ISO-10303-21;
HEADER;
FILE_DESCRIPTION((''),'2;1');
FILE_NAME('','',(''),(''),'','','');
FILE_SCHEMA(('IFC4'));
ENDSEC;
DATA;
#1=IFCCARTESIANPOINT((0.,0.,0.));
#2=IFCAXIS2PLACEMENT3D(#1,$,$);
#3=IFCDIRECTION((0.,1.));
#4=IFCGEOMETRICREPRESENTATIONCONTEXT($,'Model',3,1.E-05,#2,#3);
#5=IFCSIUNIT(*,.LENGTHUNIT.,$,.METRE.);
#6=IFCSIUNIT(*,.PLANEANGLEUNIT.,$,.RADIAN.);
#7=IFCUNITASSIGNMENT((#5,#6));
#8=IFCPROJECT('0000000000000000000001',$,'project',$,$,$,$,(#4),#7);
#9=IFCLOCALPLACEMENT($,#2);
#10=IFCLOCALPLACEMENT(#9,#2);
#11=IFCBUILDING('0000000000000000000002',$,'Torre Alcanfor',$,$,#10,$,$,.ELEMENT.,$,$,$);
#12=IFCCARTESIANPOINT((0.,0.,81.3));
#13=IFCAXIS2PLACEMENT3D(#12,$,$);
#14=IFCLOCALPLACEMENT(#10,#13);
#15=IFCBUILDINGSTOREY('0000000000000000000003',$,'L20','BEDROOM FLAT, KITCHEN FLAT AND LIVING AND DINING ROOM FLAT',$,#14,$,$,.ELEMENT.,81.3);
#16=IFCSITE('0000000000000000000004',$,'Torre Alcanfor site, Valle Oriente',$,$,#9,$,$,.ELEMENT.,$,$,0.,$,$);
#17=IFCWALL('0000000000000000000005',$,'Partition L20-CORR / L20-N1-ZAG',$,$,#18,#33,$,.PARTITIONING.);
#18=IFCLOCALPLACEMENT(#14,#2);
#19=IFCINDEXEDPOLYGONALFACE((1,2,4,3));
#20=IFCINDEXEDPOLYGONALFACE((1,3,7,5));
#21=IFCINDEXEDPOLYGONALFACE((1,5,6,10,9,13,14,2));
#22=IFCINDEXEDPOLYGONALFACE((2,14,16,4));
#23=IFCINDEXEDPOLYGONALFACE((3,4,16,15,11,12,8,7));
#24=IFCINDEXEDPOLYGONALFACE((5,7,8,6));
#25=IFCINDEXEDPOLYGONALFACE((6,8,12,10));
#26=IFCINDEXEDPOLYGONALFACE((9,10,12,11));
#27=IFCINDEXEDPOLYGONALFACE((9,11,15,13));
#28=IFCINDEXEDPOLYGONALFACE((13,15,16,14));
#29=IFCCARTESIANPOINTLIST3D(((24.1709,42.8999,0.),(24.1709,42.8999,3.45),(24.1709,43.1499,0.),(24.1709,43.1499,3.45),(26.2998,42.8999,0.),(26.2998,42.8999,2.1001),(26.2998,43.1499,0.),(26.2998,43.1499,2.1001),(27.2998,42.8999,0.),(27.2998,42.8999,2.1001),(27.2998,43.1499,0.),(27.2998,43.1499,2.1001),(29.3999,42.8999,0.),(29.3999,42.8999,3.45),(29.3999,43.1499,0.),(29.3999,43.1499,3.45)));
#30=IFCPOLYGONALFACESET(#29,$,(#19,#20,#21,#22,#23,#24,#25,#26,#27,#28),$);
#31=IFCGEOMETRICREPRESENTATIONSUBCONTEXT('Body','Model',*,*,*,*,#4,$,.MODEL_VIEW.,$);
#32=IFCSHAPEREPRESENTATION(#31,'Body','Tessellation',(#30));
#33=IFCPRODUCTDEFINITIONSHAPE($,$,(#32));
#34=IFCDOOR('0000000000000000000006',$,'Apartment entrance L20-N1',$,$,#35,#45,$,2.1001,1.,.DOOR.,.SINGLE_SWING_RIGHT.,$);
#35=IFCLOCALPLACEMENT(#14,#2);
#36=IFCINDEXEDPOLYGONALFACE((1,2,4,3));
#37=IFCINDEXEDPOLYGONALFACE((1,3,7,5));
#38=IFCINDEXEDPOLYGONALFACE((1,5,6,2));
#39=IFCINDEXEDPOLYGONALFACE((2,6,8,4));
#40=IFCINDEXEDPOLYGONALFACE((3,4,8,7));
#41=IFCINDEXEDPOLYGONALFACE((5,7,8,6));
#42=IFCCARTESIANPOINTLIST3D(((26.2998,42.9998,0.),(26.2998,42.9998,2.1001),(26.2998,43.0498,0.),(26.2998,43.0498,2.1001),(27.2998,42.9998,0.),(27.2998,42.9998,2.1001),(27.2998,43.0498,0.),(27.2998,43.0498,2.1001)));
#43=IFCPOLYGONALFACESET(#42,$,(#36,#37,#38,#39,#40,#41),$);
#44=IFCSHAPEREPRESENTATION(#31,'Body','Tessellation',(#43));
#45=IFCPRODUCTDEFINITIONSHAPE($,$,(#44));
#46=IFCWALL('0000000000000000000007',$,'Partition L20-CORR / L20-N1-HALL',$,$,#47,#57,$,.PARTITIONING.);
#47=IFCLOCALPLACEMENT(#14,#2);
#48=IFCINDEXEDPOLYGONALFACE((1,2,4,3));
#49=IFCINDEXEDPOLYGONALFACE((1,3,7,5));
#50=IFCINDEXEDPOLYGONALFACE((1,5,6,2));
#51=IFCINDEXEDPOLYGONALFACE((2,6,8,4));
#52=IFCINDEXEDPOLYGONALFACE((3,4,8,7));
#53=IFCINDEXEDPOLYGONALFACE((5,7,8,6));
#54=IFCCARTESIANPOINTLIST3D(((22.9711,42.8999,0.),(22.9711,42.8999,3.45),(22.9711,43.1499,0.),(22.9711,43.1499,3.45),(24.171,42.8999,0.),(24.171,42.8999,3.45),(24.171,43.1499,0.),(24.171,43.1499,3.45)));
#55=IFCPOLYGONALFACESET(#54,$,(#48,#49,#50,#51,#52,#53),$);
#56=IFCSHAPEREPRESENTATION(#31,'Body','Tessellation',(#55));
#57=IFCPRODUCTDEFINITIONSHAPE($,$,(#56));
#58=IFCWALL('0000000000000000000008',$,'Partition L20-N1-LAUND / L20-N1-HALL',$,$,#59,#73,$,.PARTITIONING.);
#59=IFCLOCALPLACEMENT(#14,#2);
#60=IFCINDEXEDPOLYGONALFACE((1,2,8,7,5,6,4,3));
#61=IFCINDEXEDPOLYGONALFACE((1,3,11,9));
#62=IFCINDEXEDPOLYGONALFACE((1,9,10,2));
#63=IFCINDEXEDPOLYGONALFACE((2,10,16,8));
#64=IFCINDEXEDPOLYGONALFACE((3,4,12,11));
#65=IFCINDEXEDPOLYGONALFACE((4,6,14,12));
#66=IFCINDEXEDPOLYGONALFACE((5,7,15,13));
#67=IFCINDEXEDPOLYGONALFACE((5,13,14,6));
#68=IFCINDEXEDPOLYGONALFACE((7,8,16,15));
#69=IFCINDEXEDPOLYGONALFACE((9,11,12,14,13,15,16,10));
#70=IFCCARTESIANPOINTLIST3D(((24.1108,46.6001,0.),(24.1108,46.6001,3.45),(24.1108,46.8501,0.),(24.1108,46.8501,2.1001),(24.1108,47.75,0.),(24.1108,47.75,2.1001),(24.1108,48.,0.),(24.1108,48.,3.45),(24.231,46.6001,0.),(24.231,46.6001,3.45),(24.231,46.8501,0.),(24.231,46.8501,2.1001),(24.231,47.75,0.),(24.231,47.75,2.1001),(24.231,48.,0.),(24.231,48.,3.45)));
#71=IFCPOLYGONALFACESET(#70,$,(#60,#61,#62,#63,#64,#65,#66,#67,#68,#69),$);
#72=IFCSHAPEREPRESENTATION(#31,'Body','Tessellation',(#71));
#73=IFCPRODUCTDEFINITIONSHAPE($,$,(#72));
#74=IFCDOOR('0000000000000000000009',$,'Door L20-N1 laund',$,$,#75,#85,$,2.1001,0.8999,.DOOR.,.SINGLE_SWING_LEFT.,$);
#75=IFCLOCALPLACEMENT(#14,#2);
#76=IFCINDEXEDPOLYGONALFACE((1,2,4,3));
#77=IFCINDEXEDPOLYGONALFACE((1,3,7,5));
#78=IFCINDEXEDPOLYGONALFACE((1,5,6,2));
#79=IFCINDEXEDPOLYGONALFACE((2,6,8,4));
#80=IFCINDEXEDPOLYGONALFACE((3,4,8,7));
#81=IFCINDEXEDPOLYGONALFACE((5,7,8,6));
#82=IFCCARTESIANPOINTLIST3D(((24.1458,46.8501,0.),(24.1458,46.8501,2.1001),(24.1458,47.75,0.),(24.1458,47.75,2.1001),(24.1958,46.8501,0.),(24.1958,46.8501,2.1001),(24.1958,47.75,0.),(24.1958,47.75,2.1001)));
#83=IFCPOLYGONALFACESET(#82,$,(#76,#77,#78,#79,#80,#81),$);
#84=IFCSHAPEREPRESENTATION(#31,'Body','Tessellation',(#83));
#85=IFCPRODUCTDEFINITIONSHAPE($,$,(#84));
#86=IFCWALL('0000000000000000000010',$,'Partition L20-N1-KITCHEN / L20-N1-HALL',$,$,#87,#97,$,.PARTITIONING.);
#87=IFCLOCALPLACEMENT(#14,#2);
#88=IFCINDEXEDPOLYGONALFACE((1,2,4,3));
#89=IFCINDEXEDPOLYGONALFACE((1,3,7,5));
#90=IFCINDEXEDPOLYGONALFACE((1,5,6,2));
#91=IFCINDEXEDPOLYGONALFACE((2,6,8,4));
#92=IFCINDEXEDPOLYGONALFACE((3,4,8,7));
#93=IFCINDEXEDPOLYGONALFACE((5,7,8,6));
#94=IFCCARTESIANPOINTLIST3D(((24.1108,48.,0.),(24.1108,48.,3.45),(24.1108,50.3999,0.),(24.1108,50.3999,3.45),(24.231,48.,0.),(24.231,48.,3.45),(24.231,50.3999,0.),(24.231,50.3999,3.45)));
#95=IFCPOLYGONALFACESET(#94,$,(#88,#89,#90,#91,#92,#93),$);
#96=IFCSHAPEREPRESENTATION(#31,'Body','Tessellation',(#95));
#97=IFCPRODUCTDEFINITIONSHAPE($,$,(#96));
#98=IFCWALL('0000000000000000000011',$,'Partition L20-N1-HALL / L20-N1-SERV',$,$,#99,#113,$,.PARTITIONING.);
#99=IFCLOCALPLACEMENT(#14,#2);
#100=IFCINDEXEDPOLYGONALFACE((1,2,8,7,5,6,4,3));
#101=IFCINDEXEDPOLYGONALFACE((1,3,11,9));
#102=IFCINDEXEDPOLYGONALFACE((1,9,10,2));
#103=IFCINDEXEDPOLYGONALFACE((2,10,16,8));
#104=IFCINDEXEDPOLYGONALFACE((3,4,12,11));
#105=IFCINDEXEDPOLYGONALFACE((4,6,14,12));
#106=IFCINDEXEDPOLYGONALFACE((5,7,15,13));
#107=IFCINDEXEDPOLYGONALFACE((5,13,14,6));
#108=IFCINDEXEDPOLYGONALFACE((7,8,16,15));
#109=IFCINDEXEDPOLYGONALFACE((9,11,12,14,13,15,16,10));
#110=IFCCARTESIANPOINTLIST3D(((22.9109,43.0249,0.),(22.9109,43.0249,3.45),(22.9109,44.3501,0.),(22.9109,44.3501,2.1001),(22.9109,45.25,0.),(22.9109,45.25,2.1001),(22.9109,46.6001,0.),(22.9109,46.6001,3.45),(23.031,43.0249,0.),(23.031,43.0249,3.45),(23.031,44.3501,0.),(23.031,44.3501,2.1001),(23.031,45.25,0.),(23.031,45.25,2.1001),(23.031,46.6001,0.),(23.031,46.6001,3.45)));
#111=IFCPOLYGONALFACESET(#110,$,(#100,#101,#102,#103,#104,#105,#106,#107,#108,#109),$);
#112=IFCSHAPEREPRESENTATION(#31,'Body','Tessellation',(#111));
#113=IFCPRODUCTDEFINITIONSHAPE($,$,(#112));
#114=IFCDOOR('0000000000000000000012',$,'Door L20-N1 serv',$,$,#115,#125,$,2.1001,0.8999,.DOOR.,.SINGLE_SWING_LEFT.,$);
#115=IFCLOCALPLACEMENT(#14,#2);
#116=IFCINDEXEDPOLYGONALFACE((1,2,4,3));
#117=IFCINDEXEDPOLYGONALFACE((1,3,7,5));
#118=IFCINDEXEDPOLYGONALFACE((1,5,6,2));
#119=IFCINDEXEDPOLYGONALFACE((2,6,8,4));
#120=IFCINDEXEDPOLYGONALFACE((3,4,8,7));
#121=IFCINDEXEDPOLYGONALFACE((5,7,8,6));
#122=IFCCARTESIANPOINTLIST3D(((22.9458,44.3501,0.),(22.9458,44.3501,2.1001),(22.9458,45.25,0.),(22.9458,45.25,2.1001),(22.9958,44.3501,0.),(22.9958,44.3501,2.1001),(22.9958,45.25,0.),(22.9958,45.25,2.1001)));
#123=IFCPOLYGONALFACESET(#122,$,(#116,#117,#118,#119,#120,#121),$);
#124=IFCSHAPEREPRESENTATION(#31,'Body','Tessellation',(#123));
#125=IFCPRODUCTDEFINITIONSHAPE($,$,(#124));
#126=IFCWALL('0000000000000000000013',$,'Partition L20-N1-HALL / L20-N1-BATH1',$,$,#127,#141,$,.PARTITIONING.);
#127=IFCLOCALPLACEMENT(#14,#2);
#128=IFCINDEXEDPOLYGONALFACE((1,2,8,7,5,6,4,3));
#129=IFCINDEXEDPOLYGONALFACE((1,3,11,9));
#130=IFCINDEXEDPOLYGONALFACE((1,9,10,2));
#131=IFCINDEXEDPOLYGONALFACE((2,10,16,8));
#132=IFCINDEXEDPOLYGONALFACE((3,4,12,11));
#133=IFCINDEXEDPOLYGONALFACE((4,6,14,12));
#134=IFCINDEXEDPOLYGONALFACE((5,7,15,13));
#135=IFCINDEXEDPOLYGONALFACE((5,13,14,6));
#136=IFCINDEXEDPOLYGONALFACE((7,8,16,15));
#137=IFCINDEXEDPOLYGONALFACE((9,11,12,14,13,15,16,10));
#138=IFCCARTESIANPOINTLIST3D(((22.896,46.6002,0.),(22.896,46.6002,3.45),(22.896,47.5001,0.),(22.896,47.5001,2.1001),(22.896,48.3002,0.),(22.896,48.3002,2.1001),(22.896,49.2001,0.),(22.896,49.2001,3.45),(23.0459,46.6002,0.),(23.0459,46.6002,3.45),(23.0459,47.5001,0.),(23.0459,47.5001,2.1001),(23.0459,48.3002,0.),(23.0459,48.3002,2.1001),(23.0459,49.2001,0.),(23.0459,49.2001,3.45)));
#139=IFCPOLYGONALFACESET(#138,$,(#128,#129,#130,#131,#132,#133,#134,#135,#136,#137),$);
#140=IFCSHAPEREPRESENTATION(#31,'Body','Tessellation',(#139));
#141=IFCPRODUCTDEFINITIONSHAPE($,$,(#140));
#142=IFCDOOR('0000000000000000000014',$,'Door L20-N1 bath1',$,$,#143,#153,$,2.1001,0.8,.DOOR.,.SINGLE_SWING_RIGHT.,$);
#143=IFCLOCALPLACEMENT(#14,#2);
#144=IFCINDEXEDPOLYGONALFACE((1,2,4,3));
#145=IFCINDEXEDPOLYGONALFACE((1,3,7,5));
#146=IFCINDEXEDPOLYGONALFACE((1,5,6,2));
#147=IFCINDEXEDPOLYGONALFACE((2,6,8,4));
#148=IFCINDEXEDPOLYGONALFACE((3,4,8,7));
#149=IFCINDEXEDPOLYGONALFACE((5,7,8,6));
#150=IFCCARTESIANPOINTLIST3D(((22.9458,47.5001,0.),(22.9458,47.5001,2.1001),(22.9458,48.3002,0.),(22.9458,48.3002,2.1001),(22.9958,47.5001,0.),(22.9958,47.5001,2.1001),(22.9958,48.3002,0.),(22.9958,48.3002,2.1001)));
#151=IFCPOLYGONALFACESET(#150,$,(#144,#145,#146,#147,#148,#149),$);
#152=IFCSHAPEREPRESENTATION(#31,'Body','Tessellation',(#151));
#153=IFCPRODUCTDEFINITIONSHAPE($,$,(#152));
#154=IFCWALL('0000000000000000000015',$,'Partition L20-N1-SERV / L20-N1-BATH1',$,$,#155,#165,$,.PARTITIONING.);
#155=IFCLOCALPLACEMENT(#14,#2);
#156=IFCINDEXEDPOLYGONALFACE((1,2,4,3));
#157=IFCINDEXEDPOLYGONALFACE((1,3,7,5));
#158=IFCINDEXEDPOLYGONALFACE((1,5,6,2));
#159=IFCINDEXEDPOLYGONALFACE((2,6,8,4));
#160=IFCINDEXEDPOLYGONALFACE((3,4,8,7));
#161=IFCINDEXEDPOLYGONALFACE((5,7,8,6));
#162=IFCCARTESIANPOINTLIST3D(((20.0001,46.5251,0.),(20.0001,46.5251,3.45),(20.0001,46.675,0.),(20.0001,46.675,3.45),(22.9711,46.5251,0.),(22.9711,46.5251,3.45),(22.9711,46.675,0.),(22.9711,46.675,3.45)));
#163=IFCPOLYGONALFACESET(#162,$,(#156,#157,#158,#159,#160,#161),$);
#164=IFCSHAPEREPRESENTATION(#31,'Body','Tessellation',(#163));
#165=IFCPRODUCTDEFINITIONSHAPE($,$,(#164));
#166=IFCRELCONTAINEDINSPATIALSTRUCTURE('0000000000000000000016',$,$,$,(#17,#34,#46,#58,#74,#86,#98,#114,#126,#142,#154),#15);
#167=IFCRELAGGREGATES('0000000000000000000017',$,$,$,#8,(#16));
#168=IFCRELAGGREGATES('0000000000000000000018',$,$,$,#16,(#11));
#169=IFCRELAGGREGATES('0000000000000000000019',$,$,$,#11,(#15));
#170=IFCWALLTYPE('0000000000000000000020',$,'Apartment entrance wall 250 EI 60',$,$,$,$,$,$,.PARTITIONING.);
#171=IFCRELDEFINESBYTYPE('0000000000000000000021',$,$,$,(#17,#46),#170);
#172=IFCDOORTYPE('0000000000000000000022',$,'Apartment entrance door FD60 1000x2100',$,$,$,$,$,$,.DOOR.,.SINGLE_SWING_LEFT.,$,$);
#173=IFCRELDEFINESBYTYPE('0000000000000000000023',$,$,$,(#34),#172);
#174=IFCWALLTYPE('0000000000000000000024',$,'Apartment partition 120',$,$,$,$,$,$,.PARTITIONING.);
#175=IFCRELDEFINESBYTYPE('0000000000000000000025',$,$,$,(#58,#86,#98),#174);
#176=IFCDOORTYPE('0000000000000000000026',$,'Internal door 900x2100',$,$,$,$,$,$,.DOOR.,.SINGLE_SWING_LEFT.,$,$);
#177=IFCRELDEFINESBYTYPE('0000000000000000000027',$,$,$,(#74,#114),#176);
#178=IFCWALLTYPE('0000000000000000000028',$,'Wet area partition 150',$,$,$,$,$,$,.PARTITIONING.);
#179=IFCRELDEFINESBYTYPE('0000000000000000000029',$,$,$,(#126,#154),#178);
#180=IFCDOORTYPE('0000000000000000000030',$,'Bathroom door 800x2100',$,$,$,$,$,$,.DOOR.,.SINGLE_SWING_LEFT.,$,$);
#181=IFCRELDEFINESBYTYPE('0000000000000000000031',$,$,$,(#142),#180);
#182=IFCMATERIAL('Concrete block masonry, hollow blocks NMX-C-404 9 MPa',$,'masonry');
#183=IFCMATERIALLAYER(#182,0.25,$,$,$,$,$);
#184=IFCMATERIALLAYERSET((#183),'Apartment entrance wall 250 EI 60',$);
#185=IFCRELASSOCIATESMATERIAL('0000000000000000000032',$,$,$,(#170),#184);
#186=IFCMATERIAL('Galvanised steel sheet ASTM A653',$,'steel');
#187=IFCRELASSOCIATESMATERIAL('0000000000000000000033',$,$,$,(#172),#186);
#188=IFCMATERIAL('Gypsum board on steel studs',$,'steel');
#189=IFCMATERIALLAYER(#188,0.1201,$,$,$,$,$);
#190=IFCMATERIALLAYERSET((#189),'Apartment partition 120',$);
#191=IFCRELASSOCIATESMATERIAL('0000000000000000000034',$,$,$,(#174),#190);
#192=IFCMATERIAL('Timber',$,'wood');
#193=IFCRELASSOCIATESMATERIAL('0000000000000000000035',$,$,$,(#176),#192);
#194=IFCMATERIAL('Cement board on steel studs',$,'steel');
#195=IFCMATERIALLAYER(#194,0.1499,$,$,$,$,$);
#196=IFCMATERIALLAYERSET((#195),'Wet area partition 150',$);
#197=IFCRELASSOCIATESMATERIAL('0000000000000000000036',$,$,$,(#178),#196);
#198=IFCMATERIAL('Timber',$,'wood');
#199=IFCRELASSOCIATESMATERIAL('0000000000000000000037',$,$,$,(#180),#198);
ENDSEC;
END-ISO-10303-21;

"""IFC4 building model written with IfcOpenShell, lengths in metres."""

from ifc_helpers import new_model, si_unit, direction, frame, frame_2d, origin, place, context, subcontext, project, spatial, rectangle, extrude, material, layer, layer_set, type_object, element, fill, save


model = new_model("IFC4")

# Units and contexts
model_context = context("Model", 3, precision=1e-05, world=origin(), true_north=direction((0.0, 1.0)))
body_context = subcontext(model_context, "Body", "Model", "MODEL_VIEW")
ifc_project = project(units=[si_unit("LENGTHUNIT", "METRE"), si_unit("PLANEANGLEUNIT", "RADIAN")], contexts=[model_context])

# Site, building, storey
site_placement = place(None, origin())
site = spatial("IfcSite", under=ifc_project, at=site_placement, Name="Torre Alcanfor site, Valle Oriente", CompositionType="ELEMENT", RefElevation=0.0)
building_placement = place(site_placement, origin())
building = spatial("IfcBuilding", under=site, at=building_placement, Name="Torre Alcanfor", CompositionType="ELEMENT")
storey_placement = place(building_placement, frame((0.0, 0.0, 81.3)))
storey = spatial("IfcBuildingStorey", under=building, at=storey_placement, Name="L20", Description="BEDROOM FLAT, KITCHEN FLAT AND LIVING AND DINING ROOM FLAT", CompositionType="ELEMENT", Elevation=81.3)

# Wall, opening, door
ifc_material_1 = material(Name="Concrete block masonry, hollow blocks NMX-C-404 9 MPa", Category="masonry")
ifc_layer_1 = layer(ifc_material_1, 0.25)
ifc_layer_set_1 = layer_set([ifc_layer_1], Name="Apartment entrance wall 250 EI 60")
wall_type_1 = type_object("IfcWallType", Name="Apartment entrance wall 250 EI 60", PredefinedType="PARTITIONING", material=ifc_layer_set_1)
wall_1_placement = place(storey_placement, frame((24.1709, 43.0249, 0.0), z_axis=(0.0, 0.0, 1.0), x_axis=(1.0, 0.0, 0.0)))
wall_1 = element("IfcWall", 1, at=wall_1_placement, inside=storey, type_object=wall_type_1, Name="Partition L20-CORR / L20-N1-ZAG", PredefinedType="PARTITIONING", context=body_context, shape_type="SweptSolid", body=[
    extrude(rectangle(XDim=5.229, YDim=0.25, at=frame_2d((2.6145, 0.0))), origin(), (0.0, 0.0, 1.0), 3.45),
])
opening_1_placement = place(wall_1_placement, frame((2.1289, 0.0, 0.0)))
opening_1 = element("IfcOpeningElement", 2, at=opening_1_placement, cuts=wall_1, PredefinedType="OPENING", context=body_context, shape_type="SweptSolid", body=[
    extrude(rectangle(XDim=1.0, YDim=2.1001, at=frame_2d((0.5, 1.05))), frame((0.0, 0.135, 0.0), z_axis=(0.0, -1.0, 0.0), x_axis=(1.0, 0.0, 0.0)), (0.0, 0.0, 1.0), 0.27),
])
ifc_material_2 = material(Name="Galvanised steel sheet ASTM A653", Category="steel")
door_type_1 = type_object("IfcDoorType", Name="Apartment entrance door FD60 1000x2100", OperationType="SINGLE_SWING_LEFT", PredefinedType="DOOR", material=ifc_material_2)
door_1_placement = place(opening_1_placement, origin())
door_1 = element("IfcDoor", 3, at=door_1_placement, inside=storey, type_object=door_type_1, Name="Apartment entrance L20-N1", OperationType="SINGLE_SWING_RIGHT", OverallHeight=2.1001, OverallWidth=1.0, PredefinedType="DOOR", context=body_context, shape_type="SweptSolid", body=[
    extrude(rectangle(XDim=1.0, YDim=2.1001, at=frame_2d((0.5, 1.05))), frame((0.0, 0.0249, 0.0), z_axis=(0.0, -1.0, 0.0), x_axis=(1.0, 0.0, 0.0)), (0.0, 0.0, 1.0), 0.05),
])
fill(opening_1, door_1)

# Wall
wall_2_placement = place(storey_placement, frame((22.9709, 43.0249, 0.0), z_axis=(0.0, 0.0, 1.0), x_axis=(1.0, 0.0, 0.0)))
element("IfcWall", 4, at=wall_2_placement, inside=storey, type_object=wall_type_1, Name="Partition L20-CORR / L20-N1-HALL", PredefinedType="PARTITIONING", context=body_context, shape_type="SweptSolid", body=[
    extrude(rectangle(XDim=1.2, YDim=0.25, at=frame_2d((0.6001, 0.0))), origin(), (0.0, 0.0, 1.0), 3.45),
])

# Wall, opening, door
ifc_material_3 = material(Name="Gypsum board on steel studs", Category="steel")
ifc_layer_2 = layer(ifc_material_3, 0.1201)
ifc_layer_set_2 = layer_set([ifc_layer_2], Name="Apartment partition 120")
wall_type_2 = type_object("IfcWallType", Name="Apartment partition 120", PredefinedType="PARTITIONING", material=ifc_layer_set_2)
wall_3_placement = place(storey_placement, frame((24.1709, 48.0, 0.0), z_axis=(0.0, 0.0, 1.0), x_axis=(0.0, -1.0, 0.0)))
wall_3 = element("IfcWall", 5, at=wall_3_placement, inside=storey, type_object=wall_type_2, Name="Partition L20-N1-LAUND / L20-N1-HALL", PredefinedType="PARTITIONING", context=body_context, shape_type="SweptSolid", body=[
    extrude(rectangle(XDim=1.3999, YDim=0.1201, at=frame_2d((0.7, 0.0))), origin(), (0.0, 0.0, 1.0), 3.45),
])
opening_2_placement = place(wall_3_placement, frame((0.25, 0.0, 0.0)))
opening_2 = element("IfcOpeningElement", 6, at=opening_2_placement, cuts=wall_3, PredefinedType="OPENING", context=body_context, shape_type="SweptSolid", body=[
    extrude(rectangle(XDim=0.8999, YDim=2.1001, at=frame_2d((0.45, 1.05))), frame((0.0, 0.0701, 0.0), z_axis=(0.0, -1.0, 0.0), x_axis=(1.0, 0.0, 0.0)), (0.0, 0.0, 1.0), 0.1401),
])
ifc_material_4 = material(Name="Timber", Category="wood")
door_type_2 = type_object("IfcDoorType", Name="Internal door 900x2100", OperationType="SINGLE_SWING_LEFT", PredefinedType="DOOR", material=ifc_material_4)
door_2_placement = place(opening_2_placement, origin())
door_2 = element("IfcDoor", 7, at=door_2_placement, inside=storey, type_object=door_type_2, Name="Door L20-N1 laund", OperationType="SINGLE_SWING_LEFT", OverallHeight=2.1001, OverallWidth=0.8999, PredefinedType="DOOR", context=body_context, shape_type="SweptSolid", body=[
    extrude(rectangle(XDim=0.8999, YDim=2.1001, at=frame_2d((0.45, 1.05))), frame((0.0, 0.0249, 0.0), z_axis=(0.0, -1.0, 0.0), x_axis=(1.0, 0.0, 0.0)), (0.0, 0.0, 1.0), 0.05),
])
fill(opening_2, door_2)

# Wall
wall_4_placement = place(storey_placement, frame((24.1709, 50.3999, 0.0), z_axis=(0.0, 0.0, 1.0), x_axis=(0.0, -1.0, 0.0)))
element("IfcWall", 8, at=wall_4_placement, inside=storey, type_object=wall_type_2, Name="Partition L20-N1-KITCHEN / L20-N1-HALL", PredefinedType="PARTITIONING", context=body_context, shape_type="SweptSolid", body=[
    extrude(rectangle(XDim=2.3999, YDim=0.1201, at=frame_2d((1.2, 0.0))), origin(), (0.0, 0.0, 1.0), 3.45),
])

# Walls, openings, doors
wall_5_placement = place(storey_placement, frame((22.9709, 46.6001, 0.0), z_axis=(0.0, 0.0, 1.0), x_axis=(0.0, -1.0, 0.0)))
wall_5 = element("IfcWall", 9, at=wall_5_placement, inside=storey, type_object=wall_type_2, Name="Partition L20-N1-HALL / L20-N1-SERV", PredefinedType="PARTITIONING", context=body_context, shape_type="SweptSolid", body=[
    extrude(rectangle(XDim=3.5752, YDim=0.1201, at=frame_2d((1.7876, 0.0))), origin(), (0.0, 0.0, 1.0), 3.45),
])
opening_3_placement = place(wall_5_placement, frame((1.3501, 0.0, 0.0)))
opening_3 = element("IfcOpeningElement", 10, at=opening_3_placement, cuts=wall_5, PredefinedType="OPENING", context=body_context, shape_type="SweptSolid", body=[
    extrude(rectangle(XDim=0.8999, YDim=2.1001, at=frame_2d((0.45, 1.05))), frame((0.0, 0.0701, 0.0), z_axis=(0.0, -1.0, 0.0), x_axis=(1.0, 0.0, 0.0)), (0.0, 0.0, 1.0), 0.1401),
])
door_3_placement = place(opening_3_placement, frame((0.8999, 0.0, 0.0), z_axis=(0.0, 0.0, 1.0), x_axis=(-1.0, 0.0, 0.0)))
door_3 = element("IfcDoor", 11, at=door_3_placement, inside=storey, type_object=door_type_2, Name="Door L20-N1 serv", OperationType="SINGLE_SWING_LEFT", OverallHeight=2.1001, OverallWidth=0.8999, PredefinedType="DOOR", context=body_context, shape_type="SweptSolid", body=[
    extrude(rectangle(XDim=0.8999, YDim=2.1001, at=frame_2d((0.45, 1.05))), frame((0.0, 0.0251, 0.0), z_axis=(0.0, -1.0, 0.0), x_axis=(1.0, 0.0, 0.0)), (0.0, 0.0, 1.0), 0.05),
])
fill(opening_3, door_3)
ifc_material_5 = material(Name="Cement board on steel studs", Category="steel")
ifc_layer_3 = layer(ifc_material_5, 0.1499)
ifc_layer_set_3 = layer_set([ifc_layer_3], Name="Wet area partition 150")
wall_type_3 = type_object("IfcWallType", Name="Wet area partition 150", PredefinedType="PARTITIONING", material=ifc_layer_set_3)
wall_6_placement = place(storey_placement, frame((22.9709, 49.2, 0.0), z_axis=(0.0, 0.0, 1.0), x_axis=(0.0, -1.0, 0.0)))
wall_6 = element("IfcWall", 12, at=wall_6_placement, inside=storey, type_object=wall_type_3, Name="Partition L20-N1-HALL / L20-N1-BATH1", PredefinedType="PARTITIONING", context=body_context, shape_type="SweptSolid", body=[
    extrude(rectangle(XDim=2.5999, YDim=0.1499, at=frame_2d((1.2998, 0.0))), origin(), (0.0, 0.0, 1.0), 3.45),
])
opening_4_placement = place(wall_6_placement, frame((0.8999, 0.0, 0.0)))
opening_4 = element("IfcOpeningElement", 13, at=opening_4_placement, cuts=wall_6, PredefinedType="OPENING", context=body_context, shape_type="SweptSolid", body=[
    extrude(rectangle(XDim=0.8, YDim=2.1001, at=frame_2d((0.3999, 1.05))), frame((0.0, 0.085, 0.0), z_axis=(0.0, -1.0, 0.0), x_axis=(1.0, 0.0, 0.0)), (0.0, 0.0, 1.0), 0.1699),
])
ifc_material_6 = material(Name="Timber", Category="wood")
door_type_3 = type_object("IfcDoorType", Name="Bathroom door 800x2100", OperationType="SINGLE_SWING_LEFT", PredefinedType="DOOR", material=ifc_material_6)
door_4_placement = place(opening_4_placement, frame((0.8, 0.0, 0.0), z_axis=(0.0, 0.0, 1.0), x_axis=(-1.0, 0.0, 0.0)))
door_4 = element("IfcDoor", 14, at=door_4_placement, inside=storey, type_object=door_type_3, Name="Door L20-N1 bath1", OperationType="SINGLE_SWING_RIGHT", OverallHeight=2.1001, OverallWidth=0.8, PredefinedType="DOOR", context=body_context, shape_type="SweptSolid", body=[
    extrude(rectangle(XDim=0.8, YDim=2.1001, at=frame_2d((0.4001, 1.05))), frame((0.0, 0.0251, 0.0), z_axis=(0.0, -1.0, 0.0), x_axis=(1.0, 0.0, 0.0)), (0.0, 0.0, 1.0), 0.05),
])
fill(opening_4, door_4)

# Wall
for number, where, z_axis, x_axis, name in (
    (15, (22.9709, 46.6001, 0.0), (0.0, 0.0, 1.0), (-1.0, 0.0, 0.0), "Partition L20-N1-SERV / L20-N1-BATH1"),
):
    element("IfcWall", number, at=place(storey_placement, frame(where, z_axis=z_axis, x_axis=x_axis)), inside=storey, type_object=wall_type_3, Name=name, PredefinedType="PARTITIONING", context=body_context, shape_type="SweptSolid", body=[
        extrude(rectangle(XDim=2.9709, YDim=0.1499, at=frame_2d((1.4854, 0.0))), origin(), (0.0, 0.0, 1.0), 3.45),
    ])

save(model, "model.ifc")
